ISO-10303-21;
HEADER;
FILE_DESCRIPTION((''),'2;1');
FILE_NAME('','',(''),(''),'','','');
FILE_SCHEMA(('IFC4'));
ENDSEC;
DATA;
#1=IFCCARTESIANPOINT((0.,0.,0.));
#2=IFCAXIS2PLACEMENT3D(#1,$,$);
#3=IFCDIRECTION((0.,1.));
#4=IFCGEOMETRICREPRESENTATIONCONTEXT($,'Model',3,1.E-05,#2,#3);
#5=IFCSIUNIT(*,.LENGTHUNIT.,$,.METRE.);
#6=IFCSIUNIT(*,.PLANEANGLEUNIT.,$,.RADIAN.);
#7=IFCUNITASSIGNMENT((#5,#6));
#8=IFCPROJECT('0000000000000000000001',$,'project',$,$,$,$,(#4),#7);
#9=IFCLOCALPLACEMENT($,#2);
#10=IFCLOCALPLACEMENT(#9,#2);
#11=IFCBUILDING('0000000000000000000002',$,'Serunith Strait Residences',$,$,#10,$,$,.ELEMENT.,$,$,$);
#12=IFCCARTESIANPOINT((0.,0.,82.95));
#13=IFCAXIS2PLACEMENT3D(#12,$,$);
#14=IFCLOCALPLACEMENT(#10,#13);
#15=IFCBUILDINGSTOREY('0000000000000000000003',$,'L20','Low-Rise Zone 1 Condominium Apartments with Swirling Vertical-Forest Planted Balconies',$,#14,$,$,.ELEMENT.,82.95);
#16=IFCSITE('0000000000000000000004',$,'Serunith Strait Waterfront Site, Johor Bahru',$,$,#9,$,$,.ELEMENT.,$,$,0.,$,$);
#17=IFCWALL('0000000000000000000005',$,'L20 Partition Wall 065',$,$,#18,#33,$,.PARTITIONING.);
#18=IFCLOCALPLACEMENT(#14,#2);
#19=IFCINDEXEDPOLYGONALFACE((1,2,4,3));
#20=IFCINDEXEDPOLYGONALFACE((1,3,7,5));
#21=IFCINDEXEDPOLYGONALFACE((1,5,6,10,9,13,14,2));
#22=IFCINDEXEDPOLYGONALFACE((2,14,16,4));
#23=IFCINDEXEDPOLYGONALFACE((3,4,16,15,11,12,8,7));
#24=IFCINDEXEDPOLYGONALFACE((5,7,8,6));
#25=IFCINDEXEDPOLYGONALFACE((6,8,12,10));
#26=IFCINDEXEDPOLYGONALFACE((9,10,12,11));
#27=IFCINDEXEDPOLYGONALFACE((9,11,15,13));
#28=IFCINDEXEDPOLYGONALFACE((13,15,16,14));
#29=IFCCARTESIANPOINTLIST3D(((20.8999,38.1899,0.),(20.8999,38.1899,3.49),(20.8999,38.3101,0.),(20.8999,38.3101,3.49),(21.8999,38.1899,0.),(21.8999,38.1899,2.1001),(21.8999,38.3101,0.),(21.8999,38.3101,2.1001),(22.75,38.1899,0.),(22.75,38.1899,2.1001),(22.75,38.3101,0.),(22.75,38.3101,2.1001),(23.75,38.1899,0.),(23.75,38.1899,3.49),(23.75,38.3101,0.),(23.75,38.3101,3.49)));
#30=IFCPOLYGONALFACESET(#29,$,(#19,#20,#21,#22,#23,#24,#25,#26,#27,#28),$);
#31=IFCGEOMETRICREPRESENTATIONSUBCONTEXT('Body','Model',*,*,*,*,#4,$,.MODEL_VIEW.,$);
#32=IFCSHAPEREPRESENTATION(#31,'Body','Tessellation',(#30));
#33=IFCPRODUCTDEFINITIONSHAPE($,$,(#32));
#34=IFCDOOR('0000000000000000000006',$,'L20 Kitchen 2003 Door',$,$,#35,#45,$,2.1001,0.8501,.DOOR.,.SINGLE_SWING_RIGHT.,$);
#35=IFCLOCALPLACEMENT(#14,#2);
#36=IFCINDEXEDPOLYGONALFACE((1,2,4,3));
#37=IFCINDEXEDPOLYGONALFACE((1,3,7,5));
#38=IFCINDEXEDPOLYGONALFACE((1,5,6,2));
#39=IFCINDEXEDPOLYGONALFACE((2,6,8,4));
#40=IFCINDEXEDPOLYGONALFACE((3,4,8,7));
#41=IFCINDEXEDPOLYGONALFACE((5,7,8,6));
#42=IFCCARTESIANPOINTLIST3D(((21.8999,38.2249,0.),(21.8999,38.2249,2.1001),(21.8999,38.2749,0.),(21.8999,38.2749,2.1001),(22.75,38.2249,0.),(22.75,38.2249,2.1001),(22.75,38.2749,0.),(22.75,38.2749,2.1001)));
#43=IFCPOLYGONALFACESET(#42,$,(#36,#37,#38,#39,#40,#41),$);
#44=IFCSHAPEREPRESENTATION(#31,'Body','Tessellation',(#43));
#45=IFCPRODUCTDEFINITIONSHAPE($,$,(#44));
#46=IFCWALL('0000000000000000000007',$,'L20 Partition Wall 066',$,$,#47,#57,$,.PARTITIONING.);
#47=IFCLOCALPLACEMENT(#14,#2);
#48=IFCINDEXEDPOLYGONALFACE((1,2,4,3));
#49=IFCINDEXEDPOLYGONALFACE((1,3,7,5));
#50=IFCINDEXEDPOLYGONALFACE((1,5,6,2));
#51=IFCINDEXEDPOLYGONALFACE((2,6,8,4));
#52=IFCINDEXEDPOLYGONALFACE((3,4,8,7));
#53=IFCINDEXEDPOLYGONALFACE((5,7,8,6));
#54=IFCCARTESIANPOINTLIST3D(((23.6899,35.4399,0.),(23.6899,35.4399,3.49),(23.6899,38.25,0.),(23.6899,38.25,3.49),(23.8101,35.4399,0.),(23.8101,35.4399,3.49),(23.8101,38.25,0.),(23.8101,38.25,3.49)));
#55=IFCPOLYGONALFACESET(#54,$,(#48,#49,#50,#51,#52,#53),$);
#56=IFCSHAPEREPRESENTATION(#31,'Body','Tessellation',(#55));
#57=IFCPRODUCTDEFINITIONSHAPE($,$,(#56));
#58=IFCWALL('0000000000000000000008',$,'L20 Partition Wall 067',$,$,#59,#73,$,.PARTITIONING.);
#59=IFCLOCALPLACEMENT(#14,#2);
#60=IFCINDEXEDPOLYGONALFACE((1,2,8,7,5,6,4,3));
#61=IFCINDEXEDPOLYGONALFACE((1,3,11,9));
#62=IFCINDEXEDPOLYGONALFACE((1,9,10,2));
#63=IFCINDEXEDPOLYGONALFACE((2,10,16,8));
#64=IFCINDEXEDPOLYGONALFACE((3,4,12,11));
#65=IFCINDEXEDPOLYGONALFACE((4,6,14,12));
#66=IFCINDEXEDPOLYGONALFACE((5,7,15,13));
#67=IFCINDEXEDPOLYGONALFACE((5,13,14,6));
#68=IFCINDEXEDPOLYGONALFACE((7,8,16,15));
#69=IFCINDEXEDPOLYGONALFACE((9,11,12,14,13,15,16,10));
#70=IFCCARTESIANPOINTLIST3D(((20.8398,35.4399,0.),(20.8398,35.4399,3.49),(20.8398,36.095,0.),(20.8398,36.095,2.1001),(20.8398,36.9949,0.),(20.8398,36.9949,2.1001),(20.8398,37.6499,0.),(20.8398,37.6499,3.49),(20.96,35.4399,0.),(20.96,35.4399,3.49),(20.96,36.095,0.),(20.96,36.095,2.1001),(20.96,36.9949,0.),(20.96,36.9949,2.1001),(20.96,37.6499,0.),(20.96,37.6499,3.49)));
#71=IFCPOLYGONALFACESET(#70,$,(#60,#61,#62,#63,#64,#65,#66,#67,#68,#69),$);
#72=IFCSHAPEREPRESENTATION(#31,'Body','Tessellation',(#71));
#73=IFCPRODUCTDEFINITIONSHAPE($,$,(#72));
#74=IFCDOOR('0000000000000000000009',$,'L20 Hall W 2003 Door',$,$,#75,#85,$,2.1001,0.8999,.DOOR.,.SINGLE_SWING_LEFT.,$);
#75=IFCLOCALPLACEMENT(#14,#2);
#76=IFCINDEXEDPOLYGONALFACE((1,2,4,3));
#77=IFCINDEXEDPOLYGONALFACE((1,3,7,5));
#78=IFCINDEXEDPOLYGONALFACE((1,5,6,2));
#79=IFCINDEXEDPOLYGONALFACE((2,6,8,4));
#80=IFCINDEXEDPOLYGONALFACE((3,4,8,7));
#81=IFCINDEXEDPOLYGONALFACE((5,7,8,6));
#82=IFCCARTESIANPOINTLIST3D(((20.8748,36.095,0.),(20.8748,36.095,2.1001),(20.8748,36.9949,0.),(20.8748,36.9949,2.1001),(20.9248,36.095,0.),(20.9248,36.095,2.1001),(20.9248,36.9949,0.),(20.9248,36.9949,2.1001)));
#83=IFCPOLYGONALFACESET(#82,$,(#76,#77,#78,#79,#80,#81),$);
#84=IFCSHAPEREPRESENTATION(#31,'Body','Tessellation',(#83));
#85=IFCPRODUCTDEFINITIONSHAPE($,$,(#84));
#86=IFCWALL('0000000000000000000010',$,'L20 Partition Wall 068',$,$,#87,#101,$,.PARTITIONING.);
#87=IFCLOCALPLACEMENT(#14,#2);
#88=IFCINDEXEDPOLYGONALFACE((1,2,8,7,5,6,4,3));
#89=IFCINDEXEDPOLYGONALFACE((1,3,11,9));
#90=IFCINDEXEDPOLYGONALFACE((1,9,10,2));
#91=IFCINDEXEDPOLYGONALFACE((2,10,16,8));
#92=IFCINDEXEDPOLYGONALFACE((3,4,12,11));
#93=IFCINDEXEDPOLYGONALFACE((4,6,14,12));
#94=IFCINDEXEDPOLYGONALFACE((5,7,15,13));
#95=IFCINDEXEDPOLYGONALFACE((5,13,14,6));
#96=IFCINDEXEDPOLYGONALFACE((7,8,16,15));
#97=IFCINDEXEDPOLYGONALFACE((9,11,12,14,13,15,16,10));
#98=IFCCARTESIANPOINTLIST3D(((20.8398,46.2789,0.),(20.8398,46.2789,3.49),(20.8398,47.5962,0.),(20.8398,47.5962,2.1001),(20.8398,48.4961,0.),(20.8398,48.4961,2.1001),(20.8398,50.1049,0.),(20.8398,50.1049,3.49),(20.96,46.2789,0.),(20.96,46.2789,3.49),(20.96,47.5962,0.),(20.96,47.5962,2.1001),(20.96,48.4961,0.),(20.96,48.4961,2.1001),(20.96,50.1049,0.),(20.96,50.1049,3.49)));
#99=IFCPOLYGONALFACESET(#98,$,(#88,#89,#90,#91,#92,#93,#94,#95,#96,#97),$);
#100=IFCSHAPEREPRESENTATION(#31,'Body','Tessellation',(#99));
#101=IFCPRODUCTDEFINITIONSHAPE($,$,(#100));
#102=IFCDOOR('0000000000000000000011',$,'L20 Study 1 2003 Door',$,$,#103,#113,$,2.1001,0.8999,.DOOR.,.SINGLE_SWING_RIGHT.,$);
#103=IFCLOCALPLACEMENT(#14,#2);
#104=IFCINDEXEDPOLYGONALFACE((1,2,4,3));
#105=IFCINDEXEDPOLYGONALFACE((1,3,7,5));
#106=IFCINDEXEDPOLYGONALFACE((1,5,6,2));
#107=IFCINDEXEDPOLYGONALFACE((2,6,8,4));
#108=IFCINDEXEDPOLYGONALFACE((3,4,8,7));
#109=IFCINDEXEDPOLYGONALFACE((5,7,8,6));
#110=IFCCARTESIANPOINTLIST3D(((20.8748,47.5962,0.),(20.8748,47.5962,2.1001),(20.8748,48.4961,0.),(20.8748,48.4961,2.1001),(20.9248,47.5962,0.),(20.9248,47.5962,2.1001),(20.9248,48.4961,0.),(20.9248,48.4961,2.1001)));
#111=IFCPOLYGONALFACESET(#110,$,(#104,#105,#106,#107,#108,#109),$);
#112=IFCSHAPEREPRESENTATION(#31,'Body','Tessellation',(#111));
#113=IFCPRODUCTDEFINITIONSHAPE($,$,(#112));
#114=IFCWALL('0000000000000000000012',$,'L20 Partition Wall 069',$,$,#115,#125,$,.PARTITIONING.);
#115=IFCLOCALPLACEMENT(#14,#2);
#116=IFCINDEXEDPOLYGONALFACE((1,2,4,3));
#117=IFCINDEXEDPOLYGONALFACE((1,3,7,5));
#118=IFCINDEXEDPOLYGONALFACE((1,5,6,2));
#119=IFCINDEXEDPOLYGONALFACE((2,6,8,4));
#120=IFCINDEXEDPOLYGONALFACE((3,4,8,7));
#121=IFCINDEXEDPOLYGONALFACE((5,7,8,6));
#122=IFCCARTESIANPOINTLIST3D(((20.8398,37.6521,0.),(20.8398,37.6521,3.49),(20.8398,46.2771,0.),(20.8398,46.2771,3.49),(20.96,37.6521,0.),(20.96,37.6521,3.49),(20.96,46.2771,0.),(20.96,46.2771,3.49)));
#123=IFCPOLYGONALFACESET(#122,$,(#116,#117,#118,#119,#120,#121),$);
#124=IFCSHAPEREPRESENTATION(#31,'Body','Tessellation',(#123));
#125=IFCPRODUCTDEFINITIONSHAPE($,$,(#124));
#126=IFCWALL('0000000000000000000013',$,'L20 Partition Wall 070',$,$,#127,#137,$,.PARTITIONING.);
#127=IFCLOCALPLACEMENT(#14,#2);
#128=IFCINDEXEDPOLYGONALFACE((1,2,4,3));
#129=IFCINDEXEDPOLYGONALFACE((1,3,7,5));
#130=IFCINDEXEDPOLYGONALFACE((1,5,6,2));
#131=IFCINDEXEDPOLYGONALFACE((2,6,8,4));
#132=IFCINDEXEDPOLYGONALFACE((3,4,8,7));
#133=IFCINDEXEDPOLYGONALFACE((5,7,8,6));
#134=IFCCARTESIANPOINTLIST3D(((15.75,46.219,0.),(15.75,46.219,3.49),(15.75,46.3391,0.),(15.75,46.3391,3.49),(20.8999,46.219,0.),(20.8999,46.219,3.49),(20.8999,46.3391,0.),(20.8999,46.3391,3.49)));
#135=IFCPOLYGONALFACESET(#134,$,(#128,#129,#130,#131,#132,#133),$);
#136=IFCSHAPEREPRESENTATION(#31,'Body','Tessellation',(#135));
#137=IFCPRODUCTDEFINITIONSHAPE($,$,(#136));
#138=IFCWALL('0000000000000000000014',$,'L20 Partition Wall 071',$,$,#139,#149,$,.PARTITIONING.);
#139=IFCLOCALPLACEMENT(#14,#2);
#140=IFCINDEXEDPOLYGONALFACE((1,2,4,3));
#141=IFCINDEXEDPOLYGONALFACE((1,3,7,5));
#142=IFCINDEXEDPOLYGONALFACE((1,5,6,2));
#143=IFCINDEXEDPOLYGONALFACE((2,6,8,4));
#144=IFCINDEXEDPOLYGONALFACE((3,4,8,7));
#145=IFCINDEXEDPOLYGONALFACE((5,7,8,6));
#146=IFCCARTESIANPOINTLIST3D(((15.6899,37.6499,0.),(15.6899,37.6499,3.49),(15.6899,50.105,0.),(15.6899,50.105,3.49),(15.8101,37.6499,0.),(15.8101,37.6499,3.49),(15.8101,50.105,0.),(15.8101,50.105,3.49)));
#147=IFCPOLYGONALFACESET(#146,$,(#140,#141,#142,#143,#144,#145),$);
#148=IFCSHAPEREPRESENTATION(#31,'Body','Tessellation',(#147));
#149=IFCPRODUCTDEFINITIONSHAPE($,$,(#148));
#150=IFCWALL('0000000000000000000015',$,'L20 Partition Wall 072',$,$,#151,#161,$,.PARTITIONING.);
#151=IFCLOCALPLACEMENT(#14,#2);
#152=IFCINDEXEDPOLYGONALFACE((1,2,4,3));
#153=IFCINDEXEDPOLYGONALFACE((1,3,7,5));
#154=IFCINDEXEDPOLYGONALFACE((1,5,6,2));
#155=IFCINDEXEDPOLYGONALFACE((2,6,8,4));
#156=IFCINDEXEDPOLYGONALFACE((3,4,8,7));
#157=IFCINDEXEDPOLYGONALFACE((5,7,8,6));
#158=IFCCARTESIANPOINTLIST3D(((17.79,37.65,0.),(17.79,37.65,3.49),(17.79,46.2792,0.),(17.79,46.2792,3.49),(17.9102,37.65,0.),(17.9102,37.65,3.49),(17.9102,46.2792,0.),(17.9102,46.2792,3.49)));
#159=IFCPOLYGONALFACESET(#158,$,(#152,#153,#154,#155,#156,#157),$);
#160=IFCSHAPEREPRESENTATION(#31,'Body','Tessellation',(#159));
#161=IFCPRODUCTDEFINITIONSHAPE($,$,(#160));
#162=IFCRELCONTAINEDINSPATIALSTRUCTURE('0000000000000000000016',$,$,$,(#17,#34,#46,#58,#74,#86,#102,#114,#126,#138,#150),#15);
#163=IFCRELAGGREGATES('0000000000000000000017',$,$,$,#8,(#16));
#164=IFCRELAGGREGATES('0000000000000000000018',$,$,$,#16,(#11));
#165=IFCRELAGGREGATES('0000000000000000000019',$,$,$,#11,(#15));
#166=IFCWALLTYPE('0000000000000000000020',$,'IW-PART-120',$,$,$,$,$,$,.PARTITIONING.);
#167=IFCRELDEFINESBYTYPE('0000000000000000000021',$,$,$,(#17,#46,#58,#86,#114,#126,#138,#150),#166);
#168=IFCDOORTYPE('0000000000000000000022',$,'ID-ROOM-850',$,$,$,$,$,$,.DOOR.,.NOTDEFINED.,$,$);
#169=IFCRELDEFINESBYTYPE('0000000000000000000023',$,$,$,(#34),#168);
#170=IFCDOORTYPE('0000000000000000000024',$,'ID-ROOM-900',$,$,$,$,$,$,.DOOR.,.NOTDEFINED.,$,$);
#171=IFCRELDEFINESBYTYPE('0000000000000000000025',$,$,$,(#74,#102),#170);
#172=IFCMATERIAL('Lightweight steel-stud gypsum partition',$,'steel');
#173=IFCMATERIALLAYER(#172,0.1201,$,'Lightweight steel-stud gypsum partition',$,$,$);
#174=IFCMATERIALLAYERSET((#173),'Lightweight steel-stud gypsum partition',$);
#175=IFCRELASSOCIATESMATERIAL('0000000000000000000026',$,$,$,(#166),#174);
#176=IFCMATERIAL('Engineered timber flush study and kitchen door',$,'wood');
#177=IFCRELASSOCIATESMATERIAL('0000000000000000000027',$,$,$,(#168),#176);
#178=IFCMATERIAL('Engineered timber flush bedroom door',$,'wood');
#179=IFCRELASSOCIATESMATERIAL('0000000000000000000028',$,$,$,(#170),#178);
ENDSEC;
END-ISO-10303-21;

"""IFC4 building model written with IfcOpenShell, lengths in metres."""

from ifc_helpers import new_model, si_unit, direction, frame, frame_2d, origin, place, context, subcontext, project, spatial, rectangle, extrude, source, transform, mapped, material, layer, layer_set, type_object, element, fill, save


model = new_model("IFC4")

# Units and contexts
model_context = context("Model", 3, precision=1e-05, world=origin(), true_north=direction((0.0, 1.0)))
body_context = subcontext(model_context, "Body", "Model", "MODEL_VIEW")
ifc_project = project(units=[si_unit("LENGTHUNIT", "METRE"), si_unit("PLANEANGLEUNIT", "RADIAN")], contexts=[model_context])

# Site, building, storey
site_placement = place(None, origin())
site = spatial("IfcSite", under=ifc_project, at=site_placement, Name="Serunith Strait Waterfront Site, Johor Bahru", CompositionType="ELEMENT", RefElevation=0.0)
building_placement = place(site_placement, origin())
building = spatial("IfcBuilding", under=site, at=building_placement, Name="Serunith Strait Residences", CompositionType="ELEMENT")
storey_placement = place(building_placement, frame((0.0, 0.0, 82.95)))
storey = spatial("IfcBuildingStorey", under=building, at=storey_placement, Name="L20", Description="Low-Rise Zone 1 Condominium Apartments with Swirling Vertical-Forest Planted Balconies", CompositionType="ELEMENT", Elevation=82.95)

# Wall, opening, door
ifc_material_1 = material(Name="Lightweight steel-stud gypsum partition", Category="steel")
ifc_layer_1 = layer(ifc_material_1, 0.1201, Name="Lightweight steel-stud gypsum partition")
ifc_layer_set_1 = layer_set([ifc_layer_1], Name="Lightweight steel-stud gypsum partition")
wall_type = type_object("IfcWallType", Name="IW-PART-120", PredefinedType="PARTITIONING", material=ifc_layer_set_1)
wall_1_placement = place(storey_placement, frame((20.8999, 38.25, 0.0), z_axis=(0.0, 0.0, 1.0), x_axis=(1.0, 0.0, 0.0)))
wall_1 = element("IfcWall", 1, at=wall_1_placement, inside=storey, type_object=wall_type, Name="L20 Partition Wall 065", PredefinedType="PARTITIONING", context=body_context, shape_type="SweptSolid", body=[
    extrude(rectangle(XDim=2.8501, YDim=0.1201, at=frame_2d((1.425, 0.0))), origin(), (0.0, 0.0, 1.0), 3.49),
])
opening_1_placement = place(wall_1_placement, frame((1.0, 0.0, 0.0)))
opening_1 = element("IfcOpeningElement", 2, at=opening_1_placement, cuts=wall_1, PredefinedType="OPENING", context=body_context, shape_type="SweptSolid", body=[
    extrude(rectangle(XDim=0.8501, YDim=2.1001, at=frame_2d((0.425, 1.05))), frame((0.0, 0.0701, 0.0), z_axis=(0.0, -1.0, 0.0), x_axis=(1.0, 0.0, 0.0)), (0.0, 0.0, 1.0), 0.1401),
])
ifc_material_2 = material(Name="Engineered timber flush study and kitchen door", Category="wood")
door_type_1 = type_object("IfcDoorType", Name="ID-ROOM-850", OperationType="NOTDEFINED", PredefinedType="DOOR", material=ifc_material_2)
shared_shape_1 = source(origin(), body_context, "Body", "SweptSolid", [
    extrude(rectangle(XDim=0.8501, YDim=2.1001, at=frame_2d((0.425, 1.05))), frame((0.0, 0.0249, 0.0), z_axis=(0.0, -1.0, 0.0), x_axis=(1.0, 0.0, 0.0)), (0.0, 0.0, 1.0), 0.05),
])
door_1_placement = place(opening_1_placement, origin())
door_1 = element("IfcDoor", 3, at=door_1_placement, inside=storey, type_object=door_type_1, Name="L20 Kitchen 2003 Door", OperationType="SINGLE_SWING_RIGHT", OverallHeight=2.1001, OverallWidth=0.8501, PredefinedType="DOOR", context=body_context, shape_type="MappedRepresentation", body=[
    mapped(shared_shape_1, transform((0.0, 0.0, 0.0), scale=1.0)),
])
fill(opening_1, door_1)

# Wall
wall_2_placement = place(storey_placement, frame((23.75, 38.25, 0.0), z_axis=(0.0, 0.0, 1.0), x_axis=(0.0, -1.0, 0.0)))
element("IfcWall", 4, at=wall_2_placement, inside=storey, type_object=wall_type, Name="L20 Partition Wall 066", PredefinedType="PARTITIONING", context=body_context, shape_type="SweptSolid", body=[
    extrude(rectangle(XDim=2.8101, YDim=0.1201, at=frame_2d((1.405, 0.0))), origin(), (0.0, 0.0, 1.0), 3.49),
])

# Walls, openings, doors
wall_3_placement = place(storey_placement, frame((20.8999, 37.6499, 0.0), z_axis=(0.0, 0.0, 1.0), x_axis=(0.0, -1.0, 0.0)))
wall_3 = element("IfcWall", 5, at=wall_3_placement, inside=storey, type_object=wall_type, Name="L20 Partition Wall 067", PredefinedType="PARTITIONING", context=body_context, shape_type="SweptSolid", body=[
    extrude(rectangle(XDim=2.21, YDim=0.1201, at=frame_2d((1.105, 0.0))), origin(), (0.0, 0.0, 1.0), 3.49),
])
opening_2_placement = place(wall_3_placement, frame((0.655, 0.0, 0.0)))
opening_2 = element("IfcOpeningElement", 6, at=opening_2_placement, cuts=wall_3, PredefinedType="OPENING", context=body_context, shape_type="SweptSolid", body=[
    extrude(rectangle(XDim=0.8999, YDim=2.1001, at=frame_2d((0.45, 1.05))), frame((0.0, 0.0701, 0.0), z_axis=(0.0, -1.0, 0.0), x_axis=(1.0, 0.0, 0.0)), (0.0, 0.0, 1.0), 0.1401),
])
ifc_material_3 = material(Name="Engineered timber flush bedroom door", Category="wood")
door_type_2 = type_object("IfcDoorType", Name="ID-ROOM-900", OperationType="NOTDEFINED", PredefinedType="DOOR", material=ifc_material_3)
shared_shape_2 = source(origin(), body_context, "Body", "SweptSolid", [
    extrude(rectangle(XDim=0.8999, YDim=2.1001, at=frame_2d((0.45, 1.05))), frame((0.0, 0.0249, 0.0), z_axis=(0.0, -1.0, 0.0), x_axis=(1.0, 0.0, 0.0)), (0.0, 0.0, 1.0), 0.05),
])
door_2_placement = place(opening_2_placement, origin())
door_2 = element("IfcDoor", 7, at=door_2_placement, inside=storey, type_object=door_type_2, Name="L20 Hall W 2003 Door", OperationType="SINGLE_SWING_LEFT", OverallHeight=2.1001, OverallWidth=0.8999, PredefinedType="DOOR", context=body_context, shape_type="MappedRepresentation", body=[
    mapped(shared_shape_2, transform((0.0, 0.0, 0.0), scale=1.0)),
])
fill(opening_2, door_2)
wall_4_placement = place(storey_placement, frame((20.8999, 50.105, 0.0), z_axis=(0.0, 0.0, 1.0), x_axis=(0.0, -1.0, 0.0)))
wall_4 = element("IfcWall", 8, at=wall_4_placement, inside=storey, type_object=wall_type, Name="L20 Partition Wall 068", PredefinedType="PARTITIONING", context=body_context, shape_type="SweptSolid", body=[
    extrude(rectangle(XDim=3.8259, YDim=0.1201, at=frame_2d((1.9131, 0.0))), origin(), (0.0, 0.0, 1.0), 3.49),
])
opening_3_placement = place(wall_4_placement, frame((1.6089, 0.0, 0.0)))
opening_3 = element("IfcOpeningElement", 9, at=opening_3_placement, cuts=wall_4, PredefinedType="OPENING", context=body_context, shape_type="SweptSolid", body=[
    extrude(rectangle(XDim=0.8999, YDim=2.1001, at=frame_2d((0.45, 1.05))), frame((0.0, 0.0701, 0.0), z_axis=(0.0, -1.0, 0.0), x_axis=(1.0, 0.0, 0.0)), (0.0, 0.0, 1.0), 0.1401),
])
door_3_placement = place(opening_3_placement, origin())
door_3 = element("IfcDoor", 10, at=door_3_placement, inside=storey, type_object=door_type_2, Name="L20 Study 1 2003 Door", OperationType="SINGLE_SWING_RIGHT", OverallHeight=2.1001, OverallWidth=0.8999, PredefinedType="DOOR", context=body_context, shape_type="MappedRepresentation", body=[
    mapped(shared_shape_2, transform((0.0, 0.0, 0.0), scale=1.0)),
])
fill(opening_3, door_3)

# Walls
wall_5_placement = place(storey_placement, frame((20.8999, 46.2771, 0.0), z_axis=(0.0, 0.0, 1.0), x_axis=(0.0, -1.0, 0.0)))
element("IfcWall", 11, at=wall_5_placement, inside=storey, type_object=wall_type, Name="L20 Partition Wall 069", PredefinedType="PARTITIONING", context=body_context, shape_type="SweptSolid", body=[
    extrude(rectangle(XDim=8.625, YDim=0.1201, at=frame_2d((4.3125, 0.0))), origin(), (0.0, 0.0, 1.0), 3.49),
])
wall_6_placement = place(storey_placement, frame((15.75, 46.2791, 0.0), z_axis=(0.0, 0.0, 1.0), x_axis=(1.0, 0.0, 0.0)))
element("IfcWall", 12, at=wall_6_placement, inside=storey, type_object=wall_type, Name="L20 Partition Wall 070", PredefinedType="PARTITIONING", context=body_context, shape_type="SweptSolid", body=[
    extrude(rectangle(XDim=5.1499, YDim=0.1201, at=frame_2d((2.575, 0.0))), origin(), (0.0, 0.0, 1.0), 3.49),
])
wall_7_placement = place(storey_placement, frame((15.75, 50.105, 0.0), z_axis=(0.0, 0.0, 1.0), x_axis=(0.0, -1.0, 0.0)))
element("IfcWall", 13, at=wall_7_placement, inside=storey, type_object=wall_type, Name="L20 Partition Wall 071", PredefinedType="PARTITIONING", context=body_context, shape_type="SweptSolid", body=[
    extrude(rectangle(XDim=12.4551, YDim=0.1201, at=frame_2d((6.2275, 0.0))), origin(), (0.0, 0.0, 1.0), 3.49),
])
wall_8_placement = place(storey_placement, frame((17.8501, 46.2791, 0.0), z_axis=(0.0, 0.0, 1.0), x_axis=(0.0, -1.0, 0.0)))
element("IfcWall", 14, at=wall_8_placement, inside=storey, type_object=wall_type, Name="L20 Partition Wall 072", PredefinedType="PARTITIONING", context=body_context, shape_type="SweptSolid", body=[
    extrude(rectangle(XDim=8.6292, YDim=0.1201, at=frame_2d((4.3145, 0.0))), origin(), (0.0, 0.0, 1.0), 3.49),
])

save(model, "model.ifc")
